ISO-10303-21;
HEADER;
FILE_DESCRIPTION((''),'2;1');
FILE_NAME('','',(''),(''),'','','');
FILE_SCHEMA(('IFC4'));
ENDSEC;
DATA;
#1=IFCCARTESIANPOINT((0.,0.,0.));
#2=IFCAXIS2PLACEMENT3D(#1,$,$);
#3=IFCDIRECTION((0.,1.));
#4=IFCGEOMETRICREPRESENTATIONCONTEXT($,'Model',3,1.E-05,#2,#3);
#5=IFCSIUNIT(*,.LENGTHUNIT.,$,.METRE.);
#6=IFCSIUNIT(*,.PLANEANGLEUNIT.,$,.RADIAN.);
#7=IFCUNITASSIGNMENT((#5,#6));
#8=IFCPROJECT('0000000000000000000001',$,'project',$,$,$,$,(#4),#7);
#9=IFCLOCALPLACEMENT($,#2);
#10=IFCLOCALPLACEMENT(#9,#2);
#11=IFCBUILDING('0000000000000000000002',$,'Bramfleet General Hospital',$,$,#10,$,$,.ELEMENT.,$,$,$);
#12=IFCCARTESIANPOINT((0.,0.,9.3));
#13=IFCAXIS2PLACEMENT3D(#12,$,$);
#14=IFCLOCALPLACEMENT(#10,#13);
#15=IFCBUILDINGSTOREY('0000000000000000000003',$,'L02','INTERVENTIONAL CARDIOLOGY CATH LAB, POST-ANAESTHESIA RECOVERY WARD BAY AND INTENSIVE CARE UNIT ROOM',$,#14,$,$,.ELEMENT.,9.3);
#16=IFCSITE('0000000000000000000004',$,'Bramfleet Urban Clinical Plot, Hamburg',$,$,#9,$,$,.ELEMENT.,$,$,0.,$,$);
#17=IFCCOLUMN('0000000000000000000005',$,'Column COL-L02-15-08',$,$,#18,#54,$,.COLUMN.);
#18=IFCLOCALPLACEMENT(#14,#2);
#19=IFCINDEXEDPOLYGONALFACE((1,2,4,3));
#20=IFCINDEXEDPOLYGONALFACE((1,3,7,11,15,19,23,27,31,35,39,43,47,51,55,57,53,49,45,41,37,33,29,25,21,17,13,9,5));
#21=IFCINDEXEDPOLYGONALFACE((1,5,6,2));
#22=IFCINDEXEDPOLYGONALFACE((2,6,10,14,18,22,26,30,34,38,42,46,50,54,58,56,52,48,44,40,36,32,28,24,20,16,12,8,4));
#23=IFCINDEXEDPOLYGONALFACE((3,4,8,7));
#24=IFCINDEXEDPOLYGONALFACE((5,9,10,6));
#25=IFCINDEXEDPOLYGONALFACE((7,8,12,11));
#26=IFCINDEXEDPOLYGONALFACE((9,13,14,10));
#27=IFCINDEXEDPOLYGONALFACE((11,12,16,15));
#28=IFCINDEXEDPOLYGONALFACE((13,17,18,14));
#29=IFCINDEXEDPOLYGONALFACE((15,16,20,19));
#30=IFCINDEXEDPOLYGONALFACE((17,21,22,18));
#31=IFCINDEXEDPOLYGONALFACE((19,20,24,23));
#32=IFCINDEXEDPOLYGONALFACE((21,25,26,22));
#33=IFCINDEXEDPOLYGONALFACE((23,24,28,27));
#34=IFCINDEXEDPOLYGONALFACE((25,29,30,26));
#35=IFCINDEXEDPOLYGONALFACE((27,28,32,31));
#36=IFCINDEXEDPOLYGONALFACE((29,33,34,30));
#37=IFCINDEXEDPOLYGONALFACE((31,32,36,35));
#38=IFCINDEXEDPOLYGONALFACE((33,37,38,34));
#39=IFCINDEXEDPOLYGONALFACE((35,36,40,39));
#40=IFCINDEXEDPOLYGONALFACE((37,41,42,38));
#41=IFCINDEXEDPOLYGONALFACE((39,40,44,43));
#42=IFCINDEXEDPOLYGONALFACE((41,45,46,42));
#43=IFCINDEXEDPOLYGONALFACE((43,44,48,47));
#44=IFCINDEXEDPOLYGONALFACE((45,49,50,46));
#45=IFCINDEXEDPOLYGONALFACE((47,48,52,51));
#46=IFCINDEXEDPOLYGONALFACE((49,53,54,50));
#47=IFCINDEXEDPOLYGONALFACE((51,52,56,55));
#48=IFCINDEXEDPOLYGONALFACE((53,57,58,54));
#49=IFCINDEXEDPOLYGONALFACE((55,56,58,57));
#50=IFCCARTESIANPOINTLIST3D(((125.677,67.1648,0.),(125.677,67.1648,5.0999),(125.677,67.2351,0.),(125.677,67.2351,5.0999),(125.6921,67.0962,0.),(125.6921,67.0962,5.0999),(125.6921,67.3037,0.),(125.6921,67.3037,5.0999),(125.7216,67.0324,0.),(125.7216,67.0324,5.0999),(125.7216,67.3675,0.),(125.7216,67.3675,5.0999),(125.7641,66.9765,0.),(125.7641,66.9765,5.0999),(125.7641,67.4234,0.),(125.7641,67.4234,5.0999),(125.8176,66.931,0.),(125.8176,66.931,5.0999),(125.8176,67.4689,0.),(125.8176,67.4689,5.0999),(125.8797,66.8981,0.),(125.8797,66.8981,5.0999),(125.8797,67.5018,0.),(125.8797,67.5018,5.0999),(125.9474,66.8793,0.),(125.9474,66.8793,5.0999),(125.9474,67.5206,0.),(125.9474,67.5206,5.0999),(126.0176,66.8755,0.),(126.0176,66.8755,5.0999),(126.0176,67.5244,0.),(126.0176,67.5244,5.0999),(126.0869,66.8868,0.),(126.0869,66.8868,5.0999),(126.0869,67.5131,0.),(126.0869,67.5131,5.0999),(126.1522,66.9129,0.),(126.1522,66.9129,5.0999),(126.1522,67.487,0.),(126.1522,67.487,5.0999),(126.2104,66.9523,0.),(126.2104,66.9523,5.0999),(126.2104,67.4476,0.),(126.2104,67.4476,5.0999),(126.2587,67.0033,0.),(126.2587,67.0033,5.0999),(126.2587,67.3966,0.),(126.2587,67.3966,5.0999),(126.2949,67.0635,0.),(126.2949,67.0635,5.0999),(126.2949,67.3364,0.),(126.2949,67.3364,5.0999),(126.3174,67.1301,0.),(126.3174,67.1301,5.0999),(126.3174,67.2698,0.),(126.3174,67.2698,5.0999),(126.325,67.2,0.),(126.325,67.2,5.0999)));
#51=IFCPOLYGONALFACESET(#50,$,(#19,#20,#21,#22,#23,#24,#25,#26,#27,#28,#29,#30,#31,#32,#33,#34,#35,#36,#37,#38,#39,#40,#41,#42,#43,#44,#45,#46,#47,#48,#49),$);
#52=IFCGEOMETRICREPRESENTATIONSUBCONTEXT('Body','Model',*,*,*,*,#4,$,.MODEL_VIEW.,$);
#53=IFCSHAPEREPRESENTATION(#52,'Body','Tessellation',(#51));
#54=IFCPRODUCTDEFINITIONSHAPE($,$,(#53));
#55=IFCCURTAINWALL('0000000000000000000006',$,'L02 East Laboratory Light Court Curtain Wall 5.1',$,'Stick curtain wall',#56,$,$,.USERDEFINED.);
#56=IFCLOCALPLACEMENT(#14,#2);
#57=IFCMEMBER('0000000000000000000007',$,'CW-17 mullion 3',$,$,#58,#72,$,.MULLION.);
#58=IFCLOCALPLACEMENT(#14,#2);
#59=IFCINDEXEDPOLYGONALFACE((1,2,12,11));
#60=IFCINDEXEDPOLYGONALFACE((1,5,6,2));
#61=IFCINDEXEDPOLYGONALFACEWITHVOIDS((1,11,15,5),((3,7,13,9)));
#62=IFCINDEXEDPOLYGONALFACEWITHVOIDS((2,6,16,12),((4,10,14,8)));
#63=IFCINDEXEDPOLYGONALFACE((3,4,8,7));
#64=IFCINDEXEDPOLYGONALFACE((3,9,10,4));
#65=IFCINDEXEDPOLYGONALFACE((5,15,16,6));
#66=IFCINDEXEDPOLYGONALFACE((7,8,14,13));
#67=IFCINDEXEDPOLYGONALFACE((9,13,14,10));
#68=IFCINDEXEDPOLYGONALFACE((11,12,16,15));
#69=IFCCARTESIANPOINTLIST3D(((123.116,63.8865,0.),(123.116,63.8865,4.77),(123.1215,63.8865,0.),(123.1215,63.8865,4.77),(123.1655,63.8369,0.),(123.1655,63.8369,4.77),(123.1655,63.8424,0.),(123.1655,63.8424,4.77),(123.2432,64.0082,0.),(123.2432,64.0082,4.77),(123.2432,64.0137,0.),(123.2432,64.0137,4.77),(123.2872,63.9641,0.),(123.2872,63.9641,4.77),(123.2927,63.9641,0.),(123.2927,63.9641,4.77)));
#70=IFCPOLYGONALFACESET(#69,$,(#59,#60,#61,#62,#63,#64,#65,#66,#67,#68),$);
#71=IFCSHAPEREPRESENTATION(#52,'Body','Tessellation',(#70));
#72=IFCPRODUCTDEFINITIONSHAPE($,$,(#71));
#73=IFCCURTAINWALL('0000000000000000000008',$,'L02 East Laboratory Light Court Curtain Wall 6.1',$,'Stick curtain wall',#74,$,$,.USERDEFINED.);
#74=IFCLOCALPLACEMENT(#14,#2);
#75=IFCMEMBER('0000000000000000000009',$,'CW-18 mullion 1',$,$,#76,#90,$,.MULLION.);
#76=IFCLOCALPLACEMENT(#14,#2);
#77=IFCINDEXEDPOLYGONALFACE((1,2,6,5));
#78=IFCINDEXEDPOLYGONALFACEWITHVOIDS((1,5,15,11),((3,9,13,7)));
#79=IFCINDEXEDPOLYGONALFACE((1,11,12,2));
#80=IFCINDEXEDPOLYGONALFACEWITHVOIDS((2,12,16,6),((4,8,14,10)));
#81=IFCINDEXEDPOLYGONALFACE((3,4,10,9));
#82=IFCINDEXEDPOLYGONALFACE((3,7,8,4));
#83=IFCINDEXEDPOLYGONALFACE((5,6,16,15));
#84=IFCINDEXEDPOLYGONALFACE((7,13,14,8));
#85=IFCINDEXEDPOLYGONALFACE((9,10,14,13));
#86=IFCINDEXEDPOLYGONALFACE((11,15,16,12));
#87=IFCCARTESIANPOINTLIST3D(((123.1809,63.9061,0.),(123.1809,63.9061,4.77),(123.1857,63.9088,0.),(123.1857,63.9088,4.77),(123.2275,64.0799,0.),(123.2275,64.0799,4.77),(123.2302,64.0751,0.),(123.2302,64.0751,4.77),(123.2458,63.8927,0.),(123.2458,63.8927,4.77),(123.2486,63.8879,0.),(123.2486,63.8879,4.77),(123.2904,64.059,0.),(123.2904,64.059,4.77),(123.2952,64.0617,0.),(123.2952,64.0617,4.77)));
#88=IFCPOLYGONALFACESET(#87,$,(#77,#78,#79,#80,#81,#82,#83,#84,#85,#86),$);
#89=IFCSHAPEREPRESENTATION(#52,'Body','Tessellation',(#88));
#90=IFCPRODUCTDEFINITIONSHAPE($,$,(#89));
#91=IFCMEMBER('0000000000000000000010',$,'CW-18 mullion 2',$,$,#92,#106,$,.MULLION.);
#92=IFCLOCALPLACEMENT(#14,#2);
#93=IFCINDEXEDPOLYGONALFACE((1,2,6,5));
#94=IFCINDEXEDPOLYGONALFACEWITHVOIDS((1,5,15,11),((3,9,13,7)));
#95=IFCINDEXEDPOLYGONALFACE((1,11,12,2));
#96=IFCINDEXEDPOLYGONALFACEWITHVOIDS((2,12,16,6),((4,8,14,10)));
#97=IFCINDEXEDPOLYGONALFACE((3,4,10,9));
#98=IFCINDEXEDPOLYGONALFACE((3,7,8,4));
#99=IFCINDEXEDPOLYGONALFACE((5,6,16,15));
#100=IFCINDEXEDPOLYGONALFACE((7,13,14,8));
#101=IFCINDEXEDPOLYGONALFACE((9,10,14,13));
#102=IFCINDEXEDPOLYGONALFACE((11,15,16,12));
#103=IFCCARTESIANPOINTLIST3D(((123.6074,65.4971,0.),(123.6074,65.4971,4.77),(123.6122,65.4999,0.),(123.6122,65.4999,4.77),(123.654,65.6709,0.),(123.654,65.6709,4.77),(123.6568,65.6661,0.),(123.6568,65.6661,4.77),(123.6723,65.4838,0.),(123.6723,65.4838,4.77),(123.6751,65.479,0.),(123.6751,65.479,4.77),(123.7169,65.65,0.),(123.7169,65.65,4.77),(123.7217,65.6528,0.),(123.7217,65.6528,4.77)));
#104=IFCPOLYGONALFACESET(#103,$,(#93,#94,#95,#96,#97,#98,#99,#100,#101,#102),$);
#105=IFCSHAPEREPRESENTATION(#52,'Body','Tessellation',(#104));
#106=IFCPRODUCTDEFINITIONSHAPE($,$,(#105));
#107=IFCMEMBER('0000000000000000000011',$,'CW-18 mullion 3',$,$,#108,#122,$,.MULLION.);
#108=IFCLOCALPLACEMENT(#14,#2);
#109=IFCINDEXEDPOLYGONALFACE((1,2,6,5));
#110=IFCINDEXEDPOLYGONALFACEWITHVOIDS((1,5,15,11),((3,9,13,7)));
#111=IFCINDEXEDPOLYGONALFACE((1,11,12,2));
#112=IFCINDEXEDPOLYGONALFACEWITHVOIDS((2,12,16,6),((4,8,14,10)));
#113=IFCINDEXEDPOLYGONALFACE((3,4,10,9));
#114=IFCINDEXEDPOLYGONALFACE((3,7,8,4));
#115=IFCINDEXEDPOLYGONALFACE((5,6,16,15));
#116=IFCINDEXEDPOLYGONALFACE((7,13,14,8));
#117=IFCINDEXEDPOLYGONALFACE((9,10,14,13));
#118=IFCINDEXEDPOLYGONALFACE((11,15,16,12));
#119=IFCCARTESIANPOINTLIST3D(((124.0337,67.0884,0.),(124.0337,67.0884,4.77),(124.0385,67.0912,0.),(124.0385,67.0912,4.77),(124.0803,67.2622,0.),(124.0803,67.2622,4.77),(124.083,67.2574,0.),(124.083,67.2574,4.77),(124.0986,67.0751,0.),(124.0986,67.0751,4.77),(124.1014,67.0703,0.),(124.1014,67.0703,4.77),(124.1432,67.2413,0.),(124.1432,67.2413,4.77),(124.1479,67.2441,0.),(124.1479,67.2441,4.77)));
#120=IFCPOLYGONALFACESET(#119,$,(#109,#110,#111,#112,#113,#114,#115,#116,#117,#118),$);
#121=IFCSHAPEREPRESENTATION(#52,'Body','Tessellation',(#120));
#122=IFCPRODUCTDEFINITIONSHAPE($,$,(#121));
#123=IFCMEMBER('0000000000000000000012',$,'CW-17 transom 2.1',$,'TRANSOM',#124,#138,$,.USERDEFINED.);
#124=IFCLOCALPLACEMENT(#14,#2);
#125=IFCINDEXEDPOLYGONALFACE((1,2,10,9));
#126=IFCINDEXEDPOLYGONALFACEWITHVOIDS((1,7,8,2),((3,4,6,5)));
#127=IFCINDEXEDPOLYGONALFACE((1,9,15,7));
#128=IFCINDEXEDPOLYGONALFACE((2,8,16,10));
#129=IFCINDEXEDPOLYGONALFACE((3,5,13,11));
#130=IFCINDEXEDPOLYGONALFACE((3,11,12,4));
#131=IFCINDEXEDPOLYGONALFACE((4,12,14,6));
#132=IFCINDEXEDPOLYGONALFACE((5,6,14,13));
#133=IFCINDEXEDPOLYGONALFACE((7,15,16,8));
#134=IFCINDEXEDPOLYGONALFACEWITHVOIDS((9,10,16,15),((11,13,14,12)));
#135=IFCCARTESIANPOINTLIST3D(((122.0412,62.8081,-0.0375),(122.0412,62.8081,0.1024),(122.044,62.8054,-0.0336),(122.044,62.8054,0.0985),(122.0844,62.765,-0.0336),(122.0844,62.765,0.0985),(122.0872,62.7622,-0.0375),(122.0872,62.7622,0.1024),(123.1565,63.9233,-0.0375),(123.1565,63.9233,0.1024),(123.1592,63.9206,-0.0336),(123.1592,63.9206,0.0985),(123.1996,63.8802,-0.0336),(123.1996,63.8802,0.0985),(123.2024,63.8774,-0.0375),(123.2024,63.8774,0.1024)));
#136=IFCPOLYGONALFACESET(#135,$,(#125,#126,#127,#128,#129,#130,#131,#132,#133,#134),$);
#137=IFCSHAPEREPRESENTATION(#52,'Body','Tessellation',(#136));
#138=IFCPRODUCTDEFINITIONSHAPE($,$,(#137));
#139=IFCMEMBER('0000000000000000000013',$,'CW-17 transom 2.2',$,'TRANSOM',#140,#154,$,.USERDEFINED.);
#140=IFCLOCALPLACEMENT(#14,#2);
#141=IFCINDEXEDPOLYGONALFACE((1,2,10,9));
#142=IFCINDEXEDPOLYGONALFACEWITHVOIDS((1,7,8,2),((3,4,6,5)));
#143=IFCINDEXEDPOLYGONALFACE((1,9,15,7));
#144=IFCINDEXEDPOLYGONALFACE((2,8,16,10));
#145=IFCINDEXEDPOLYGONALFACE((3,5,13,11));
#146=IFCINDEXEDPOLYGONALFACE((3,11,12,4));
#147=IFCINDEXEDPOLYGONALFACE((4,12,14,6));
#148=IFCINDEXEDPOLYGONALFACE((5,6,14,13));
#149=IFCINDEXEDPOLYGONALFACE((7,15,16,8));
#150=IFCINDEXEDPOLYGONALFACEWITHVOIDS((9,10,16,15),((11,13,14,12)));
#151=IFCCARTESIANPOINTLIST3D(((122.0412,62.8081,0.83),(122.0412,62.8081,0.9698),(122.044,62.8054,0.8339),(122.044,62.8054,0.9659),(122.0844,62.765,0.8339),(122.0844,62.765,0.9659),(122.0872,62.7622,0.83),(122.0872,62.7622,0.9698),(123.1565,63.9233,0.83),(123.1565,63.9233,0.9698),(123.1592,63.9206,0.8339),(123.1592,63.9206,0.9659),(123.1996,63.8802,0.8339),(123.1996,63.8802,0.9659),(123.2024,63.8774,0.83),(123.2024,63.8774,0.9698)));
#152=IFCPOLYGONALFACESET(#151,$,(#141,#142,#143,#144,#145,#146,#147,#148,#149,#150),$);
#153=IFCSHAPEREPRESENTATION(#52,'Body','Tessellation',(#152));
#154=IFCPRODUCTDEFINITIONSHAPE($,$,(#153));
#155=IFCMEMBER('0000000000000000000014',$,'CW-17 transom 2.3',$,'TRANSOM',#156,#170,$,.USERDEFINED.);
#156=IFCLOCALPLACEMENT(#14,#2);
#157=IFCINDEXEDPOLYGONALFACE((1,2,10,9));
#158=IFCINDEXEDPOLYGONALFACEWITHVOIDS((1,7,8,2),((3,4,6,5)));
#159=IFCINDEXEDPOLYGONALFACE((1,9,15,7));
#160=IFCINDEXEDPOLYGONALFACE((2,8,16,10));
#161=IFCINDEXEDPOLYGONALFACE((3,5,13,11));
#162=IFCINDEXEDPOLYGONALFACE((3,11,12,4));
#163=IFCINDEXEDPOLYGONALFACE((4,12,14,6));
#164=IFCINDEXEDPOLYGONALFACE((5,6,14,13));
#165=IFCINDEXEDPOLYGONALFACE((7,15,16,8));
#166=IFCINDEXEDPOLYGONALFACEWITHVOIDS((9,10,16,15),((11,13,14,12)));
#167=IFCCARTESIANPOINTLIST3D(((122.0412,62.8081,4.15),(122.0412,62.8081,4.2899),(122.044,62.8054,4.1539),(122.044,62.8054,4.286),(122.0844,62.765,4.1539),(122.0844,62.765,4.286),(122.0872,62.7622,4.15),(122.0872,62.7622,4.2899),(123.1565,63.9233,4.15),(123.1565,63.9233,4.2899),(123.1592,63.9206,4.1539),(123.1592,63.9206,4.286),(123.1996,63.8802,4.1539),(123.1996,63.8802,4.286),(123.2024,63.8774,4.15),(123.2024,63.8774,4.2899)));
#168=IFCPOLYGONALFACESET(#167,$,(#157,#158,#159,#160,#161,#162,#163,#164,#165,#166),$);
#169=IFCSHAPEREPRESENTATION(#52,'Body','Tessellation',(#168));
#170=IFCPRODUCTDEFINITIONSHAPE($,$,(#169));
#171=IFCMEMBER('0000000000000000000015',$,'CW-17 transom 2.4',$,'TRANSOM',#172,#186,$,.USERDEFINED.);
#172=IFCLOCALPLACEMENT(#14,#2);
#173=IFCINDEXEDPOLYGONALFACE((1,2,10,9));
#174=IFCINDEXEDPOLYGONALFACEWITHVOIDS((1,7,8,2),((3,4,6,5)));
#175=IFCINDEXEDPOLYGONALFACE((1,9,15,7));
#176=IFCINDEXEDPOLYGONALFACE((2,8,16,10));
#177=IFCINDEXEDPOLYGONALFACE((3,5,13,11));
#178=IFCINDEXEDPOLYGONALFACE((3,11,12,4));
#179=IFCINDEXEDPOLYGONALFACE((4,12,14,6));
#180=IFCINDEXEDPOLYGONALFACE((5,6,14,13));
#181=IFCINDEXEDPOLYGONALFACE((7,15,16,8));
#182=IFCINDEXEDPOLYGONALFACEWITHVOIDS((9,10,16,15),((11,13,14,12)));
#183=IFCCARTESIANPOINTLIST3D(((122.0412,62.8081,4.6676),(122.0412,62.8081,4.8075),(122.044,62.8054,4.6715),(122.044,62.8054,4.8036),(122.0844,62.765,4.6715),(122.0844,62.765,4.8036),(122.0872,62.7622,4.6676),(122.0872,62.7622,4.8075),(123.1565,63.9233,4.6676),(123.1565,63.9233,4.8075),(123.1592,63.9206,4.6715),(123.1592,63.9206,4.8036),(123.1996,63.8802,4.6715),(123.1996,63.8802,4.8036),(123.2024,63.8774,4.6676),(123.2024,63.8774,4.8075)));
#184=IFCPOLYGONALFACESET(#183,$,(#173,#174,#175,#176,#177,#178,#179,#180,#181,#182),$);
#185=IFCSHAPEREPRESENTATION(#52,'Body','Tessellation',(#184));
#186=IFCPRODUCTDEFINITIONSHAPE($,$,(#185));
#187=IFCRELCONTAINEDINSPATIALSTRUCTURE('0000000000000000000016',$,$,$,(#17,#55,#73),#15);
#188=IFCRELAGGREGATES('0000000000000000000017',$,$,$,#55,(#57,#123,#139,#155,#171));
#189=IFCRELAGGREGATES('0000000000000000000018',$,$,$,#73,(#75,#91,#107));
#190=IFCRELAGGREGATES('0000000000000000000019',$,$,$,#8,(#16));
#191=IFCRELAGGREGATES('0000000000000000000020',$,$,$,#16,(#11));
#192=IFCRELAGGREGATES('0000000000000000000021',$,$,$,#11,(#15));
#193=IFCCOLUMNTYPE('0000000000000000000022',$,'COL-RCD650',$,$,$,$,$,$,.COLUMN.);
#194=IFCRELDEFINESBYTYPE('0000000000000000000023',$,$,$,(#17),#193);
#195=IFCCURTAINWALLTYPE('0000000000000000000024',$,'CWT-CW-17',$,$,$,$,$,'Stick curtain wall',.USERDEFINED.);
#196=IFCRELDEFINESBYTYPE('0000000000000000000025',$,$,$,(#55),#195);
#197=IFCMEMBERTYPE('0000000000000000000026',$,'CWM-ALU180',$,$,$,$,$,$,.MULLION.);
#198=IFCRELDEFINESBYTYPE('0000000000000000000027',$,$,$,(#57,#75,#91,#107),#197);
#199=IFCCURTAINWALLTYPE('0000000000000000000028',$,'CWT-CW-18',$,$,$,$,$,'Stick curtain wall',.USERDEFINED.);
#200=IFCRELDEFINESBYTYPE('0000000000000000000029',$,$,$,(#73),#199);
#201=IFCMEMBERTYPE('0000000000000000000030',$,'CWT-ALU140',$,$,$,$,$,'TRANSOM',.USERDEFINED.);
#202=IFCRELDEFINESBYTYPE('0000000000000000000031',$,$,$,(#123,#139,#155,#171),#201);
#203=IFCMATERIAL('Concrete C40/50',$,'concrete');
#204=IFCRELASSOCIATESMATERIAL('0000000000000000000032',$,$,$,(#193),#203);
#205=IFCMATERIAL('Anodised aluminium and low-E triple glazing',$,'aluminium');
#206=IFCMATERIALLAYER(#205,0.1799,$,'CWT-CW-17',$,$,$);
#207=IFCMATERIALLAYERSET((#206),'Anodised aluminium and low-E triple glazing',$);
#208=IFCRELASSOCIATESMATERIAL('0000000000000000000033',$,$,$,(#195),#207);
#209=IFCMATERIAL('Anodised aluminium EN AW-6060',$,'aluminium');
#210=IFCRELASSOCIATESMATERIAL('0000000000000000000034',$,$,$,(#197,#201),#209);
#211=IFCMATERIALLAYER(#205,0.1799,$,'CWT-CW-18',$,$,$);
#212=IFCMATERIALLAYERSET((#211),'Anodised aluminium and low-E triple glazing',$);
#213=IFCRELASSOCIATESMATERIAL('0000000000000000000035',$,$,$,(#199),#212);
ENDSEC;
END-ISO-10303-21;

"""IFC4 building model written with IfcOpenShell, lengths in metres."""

from ifc_helpers import new_model, si_unit, direction, frame, origin, origin_2d, place, context, subcontext, project, spatial, hollow_rectangle, circle, extrude, material, layer, layer_set, material_profile, profile_set, type_object, element, aggregate, save


model = new_model("IFC4")

# Units and contexts
model_context = context("Model", 3, precision=1e-05, world=origin(), true_north=direction((0.0, 1.0)))
body_context = subcontext(model_context, "Body", "Model", "MODEL_VIEW")
ifc_project = project(units=[si_unit("LENGTHUNIT", "METRE"), si_unit("PLANEANGLEUNIT", "RADIAN")], contexts=[model_context])

# Site, building, storey
site_placement = place(None, origin())
site = spatial("IfcSite", under=ifc_project, at=site_placement, Name="Bramfleet Urban Clinical Plot, Hamburg", CompositionType="ELEMENT", RefElevation=0.0)
building_placement = place(site_placement, origin())
building = spatial("IfcBuilding", under=site, at=building_placement, Name="Bramfleet General Hospital", CompositionType="ELEMENT")
storey_placement = place(building_placement, frame((0.0, 0.0, 9.3)))
storey = spatial("IfcBuildingStorey", under=building, at=storey_placement, Name="L02", Description="INTERVENTIONAL CARDIOLOGY CATH LAB, POST-ANAESTHESIA RECOVERY WARD BAY AND INTENSIVE CARE UNIT ROOM", CompositionType="ELEMENT", Elevation=9.3)

# Column
ifc_material_1 = material(Name="Concrete C40/50", Category="concrete")
ifc_material_profile_1 = material_profile(ifc_material_1, circle(Radius=0.325, at=origin_2d()), Name="RC ROUND D650")
ifc_profile_set_1 = profile_set([ifc_material_profile_1], Name="Concrete C40/50")
column_type = type_object("IfcColumnType", Name="COL-RCD650", PredefinedType="COLUMN", material=ifc_profile_set_1)
column_placement = place(storey_placement, frame((126.0, 67.2, 0.0), z_axis=(0.0, 0.0, 1.0), x_axis=(1.0, 0.0, 0.0)))
element("IfcColumn", 1, at=column_placement, inside=storey, type_object=column_type, Name="Column COL-L02-15-08", PredefinedType="COLUMN", context=body_context, shape_type="SweptSolid", body=[
    extrude(circle(Radius=0.325, at=origin_2d()), origin(), (0.0, 0.0, 1.0), 5.0999),
])

# Curtain wall, member
ifc_material_2 = material(Name="Anodised aluminium and low-E triple glazing", Category="aluminium")
ifc_layer_1 = layer(ifc_material_2, 0.1799, Name="CWT-CW-17")
ifc_layer_set_1 = layer_set([ifc_layer_1], Name="Anodised aluminium and low-E triple glazing")
curtain_wall_type_1 = type_object("IfcCurtainWallType", Name="CWT-CW-17", ElementType="Stick curtain wall", PredefinedType="USERDEFINED", material=ifc_layer_set_1)
curtain_wall_1_placement = place(storey_placement, origin())
curtain_wall_1 = element("IfcCurtainWall", 2, at=curtain_wall_1_placement, inside=storey, type_object=curtain_wall_type_1, Name="L02 East Laboratory Light Court Curtain Wall 5.1", ObjectType="Stick curtain wall", PredefinedType="USERDEFINED")
ifc_material_3 = material(Name="Anodised aluminium EN AW-6060", Category="aluminium")
ifc_material_profile_2 = material_profile(ifc_material_3, hollow_rectangle(XDim=0.0701, YDim=0.1799, WallThickness=0.0039, at=origin_2d()), Name="ALU 180x70x4.0")
ifc_profile_set_2 = profile_set([ifc_material_profile_2], Name="Anodised aluminium EN AW-6060")
member_type_1 = type_object("IfcMemberType", Name="CWM-ALU180", PredefinedType="MULLION", material=ifc_profile_set_2)
member_1_placement = place(storey_placement, frame((123.2043, 63.9253, 0.0), z_axis=(0.0, 0.0, 1.0), x_axis=(-0.707107, 0.707107, 0.0)))
member_1 = element("IfcMember", 3, at=member_1_placement, type_object=member_type_1, Name="CW-17 mullion 3", PredefinedType="MULLION", context=body_context, shape_type="SweptSolid", body=[
    extrude(hollow_rectangle(XDim=0.0701, YDim=0.1799, WallThickness=0.0039, at=origin_2d()), origin(), (0.0, 0.0, 1.0), 4.77),
])

# Curtain wall, members
ifc_layer_2 = layer(ifc_material_2, 0.1799, Name="CWT-CW-18")
ifc_layer_set_2 = layer_set([ifc_layer_2], Name="Anodised aluminium and low-E triple glazing")
curtain_wall_type_2 = type_object("IfcCurtainWallType", Name="CWT-CW-18", ElementType="Stick curtain wall", PredefinedType="USERDEFINED", material=ifc_layer_set_2)
curtain_wall_2_placement = place(storey_placement, origin())
curtain_wall_2 = element("IfcCurtainWall", 4, at=curtain_wall_2_placement, inside=storey, type_object=curtain_wall_type_2, Name="L02 East Laboratory Light Court Curtain Wall 6.1", ObjectType="Stick curtain wall", PredefinedType="USERDEFINED")
member_2_placement = place(storey_placement, frame((123.238, 63.9839, 0.0), z_axis=(0.0, 0.0, 1.0), x_axis=(-0.965914, 0.258865, 0.0)))
member_2 = element("IfcMember", 5, at=member_2_placement, type_object=member_type_1, Name="CW-18 mullion 1", PredefinedType="MULLION", context=body_context, shape_type="SweptSolid", body=[
    extrude(hollow_rectangle(XDim=0.0701, YDim=0.1799, WallThickness=0.0039, at=origin_2d()), origin(), (0.0, 0.0, 1.0), 4.77),
])
member_3_placement = place(storey_placement, frame((123.6646, 65.575, 0.0), z_axis=(0.0, 0.0, 1.0), x_axis=(-0.965914, 0.258865, 0.0)))
member_3 = element("IfcMember", 6, at=member_3_placement, type_object=member_type_1, Name="CW-18 mullion 2", PredefinedType="MULLION", context=body_context, shape_type="SweptSolid", body=[
    extrude(hollow_rectangle(XDim=0.0701, YDim=0.1799, WallThickness=0.0039, at=origin_2d()), origin(), (0.0, 0.0, 1.0), 4.77),
])
member_4_placement = place(storey_placement, frame((124.0908, 67.1663, 0.0), z_axis=(0.0, 0.0, 1.0), x_axis=(-0.965914, 0.258865, 0.0)))
member_4 = element("IfcMember", 7, at=member_4_placement, type_object=member_type_1, Name="CW-18 mullion 3", PredefinedType="MULLION", context=body_context, shape_type="SweptSolid", body=[
    extrude(hollow_rectangle(XDim=0.0701, YDim=0.1799, WallThickness=0.0039, at=origin_2d()), origin(), (0.0, 0.0, 1.0), 4.77),
])

# Members
ifc_material_profile_3 = material_profile(ifc_material_3, hollow_rectangle(XDim=0.0649, YDim=0.1399, WallThickness=0.0039, at=origin_2d()), Name="ALU 140x65x4.0")
ifc_profile_set_3 = profile_set([ifc_material_profile_3], Name="Anodised aluminium EN AW-6060")
member_type_2 = type_object("IfcMemberType", Name="CWT-ALU140", ElementType="TRANSOM", PredefinedType="USERDEFINED", material=ifc_profile_set_3)
member_5_placement = place(storey_placement, frame((122.0642, 62.7852, 0.0325), z_axis=(0.707107, 0.707107, 0.0), x_axis=(-0.707107, 0.707107, 0.0)))
member_5 = element("IfcMember", 8, at=member_5_placement, type_object=member_type_2, Name="CW-17 transom 2.1", ObjectType="TRANSOM", PredefinedType="USERDEFINED", context=body_context, shape_type="SweptSolid", body=[
    extrude(hollow_rectangle(XDim=0.0649, YDim=0.1399, WallThickness=0.0039, at=origin_2d()), origin(), (0.0, 0.0, 1.0), 1.5771),
])
member_6_placement = place(storey_placement, frame((122.0642, 62.7852, 0.8999), z_axis=(0.707107, 0.707107, 0.0), x_axis=(-0.707107, 0.707107, 0.0)))
member_6 = element("IfcMember", 9, at=member_6_placement, type_object=member_type_2, Name="CW-17 transom 2.2", ObjectType="TRANSOM", PredefinedType="USERDEFINED", context=body_context, shape_type="SweptSolid", body=[
    extrude(hollow_rectangle(XDim=0.0649, YDim=0.1399, WallThickness=0.0039, at=origin_2d()), origin(), (0.0, 0.0, 1.0), 1.5771),
])
member_7_placement = place(storey_placement, frame((122.0642, 62.7852, 4.22), z_axis=(0.707107, 0.707107, 0.0), x_axis=(-0.707107, 0.707107, 0.0)))
member_7 = element("IfcMember", 10, at=member_7_placement, type_object=member_type_2, Name="CW-17 transom 2.3", ObjectType="TRANSOM", PredefinedType="USERDEFINED", context=body_context, shape_type="SweptSolid", body=[
    extrude(hollow_rectangle(XDim=0.0649, YDim=0.1399, WallThickness=0.0039, at=origin_2d()), origin(), (0.0, 0.0, 1.0), 1.5771),
])
member_8_placement = place(storey_placement, frame((122.0642, 62.7852, 4.7375), z_axis=(0.707107, 0.707107, 0.0), x_axis=(-0.707107, 0.707107, 0.0)))
member_8 = element("IfcMember", 11, at=member_8_placement, type_object=member_type_2, Name="CW-17 transom 2.4", ObjectType="TRANSOM", PredefinedType="USERDEFINED", context=body_context, shape_type="SweptSolid", body=[
    extrude(hollow_rectangle(XDim=0.0649, YDim=0.1399, WallThickness=0.0039, at=origin_2d()), origin(), (0.0, 0.0, 1.0), 1.5771),
])

aggregate(curtain_wall_1, [member_1, member_5, member_6, member_7, member_8])
aggregate(curtain_wall_2, [member_2, member_3, member_4])

save(model, "model.ifc")
